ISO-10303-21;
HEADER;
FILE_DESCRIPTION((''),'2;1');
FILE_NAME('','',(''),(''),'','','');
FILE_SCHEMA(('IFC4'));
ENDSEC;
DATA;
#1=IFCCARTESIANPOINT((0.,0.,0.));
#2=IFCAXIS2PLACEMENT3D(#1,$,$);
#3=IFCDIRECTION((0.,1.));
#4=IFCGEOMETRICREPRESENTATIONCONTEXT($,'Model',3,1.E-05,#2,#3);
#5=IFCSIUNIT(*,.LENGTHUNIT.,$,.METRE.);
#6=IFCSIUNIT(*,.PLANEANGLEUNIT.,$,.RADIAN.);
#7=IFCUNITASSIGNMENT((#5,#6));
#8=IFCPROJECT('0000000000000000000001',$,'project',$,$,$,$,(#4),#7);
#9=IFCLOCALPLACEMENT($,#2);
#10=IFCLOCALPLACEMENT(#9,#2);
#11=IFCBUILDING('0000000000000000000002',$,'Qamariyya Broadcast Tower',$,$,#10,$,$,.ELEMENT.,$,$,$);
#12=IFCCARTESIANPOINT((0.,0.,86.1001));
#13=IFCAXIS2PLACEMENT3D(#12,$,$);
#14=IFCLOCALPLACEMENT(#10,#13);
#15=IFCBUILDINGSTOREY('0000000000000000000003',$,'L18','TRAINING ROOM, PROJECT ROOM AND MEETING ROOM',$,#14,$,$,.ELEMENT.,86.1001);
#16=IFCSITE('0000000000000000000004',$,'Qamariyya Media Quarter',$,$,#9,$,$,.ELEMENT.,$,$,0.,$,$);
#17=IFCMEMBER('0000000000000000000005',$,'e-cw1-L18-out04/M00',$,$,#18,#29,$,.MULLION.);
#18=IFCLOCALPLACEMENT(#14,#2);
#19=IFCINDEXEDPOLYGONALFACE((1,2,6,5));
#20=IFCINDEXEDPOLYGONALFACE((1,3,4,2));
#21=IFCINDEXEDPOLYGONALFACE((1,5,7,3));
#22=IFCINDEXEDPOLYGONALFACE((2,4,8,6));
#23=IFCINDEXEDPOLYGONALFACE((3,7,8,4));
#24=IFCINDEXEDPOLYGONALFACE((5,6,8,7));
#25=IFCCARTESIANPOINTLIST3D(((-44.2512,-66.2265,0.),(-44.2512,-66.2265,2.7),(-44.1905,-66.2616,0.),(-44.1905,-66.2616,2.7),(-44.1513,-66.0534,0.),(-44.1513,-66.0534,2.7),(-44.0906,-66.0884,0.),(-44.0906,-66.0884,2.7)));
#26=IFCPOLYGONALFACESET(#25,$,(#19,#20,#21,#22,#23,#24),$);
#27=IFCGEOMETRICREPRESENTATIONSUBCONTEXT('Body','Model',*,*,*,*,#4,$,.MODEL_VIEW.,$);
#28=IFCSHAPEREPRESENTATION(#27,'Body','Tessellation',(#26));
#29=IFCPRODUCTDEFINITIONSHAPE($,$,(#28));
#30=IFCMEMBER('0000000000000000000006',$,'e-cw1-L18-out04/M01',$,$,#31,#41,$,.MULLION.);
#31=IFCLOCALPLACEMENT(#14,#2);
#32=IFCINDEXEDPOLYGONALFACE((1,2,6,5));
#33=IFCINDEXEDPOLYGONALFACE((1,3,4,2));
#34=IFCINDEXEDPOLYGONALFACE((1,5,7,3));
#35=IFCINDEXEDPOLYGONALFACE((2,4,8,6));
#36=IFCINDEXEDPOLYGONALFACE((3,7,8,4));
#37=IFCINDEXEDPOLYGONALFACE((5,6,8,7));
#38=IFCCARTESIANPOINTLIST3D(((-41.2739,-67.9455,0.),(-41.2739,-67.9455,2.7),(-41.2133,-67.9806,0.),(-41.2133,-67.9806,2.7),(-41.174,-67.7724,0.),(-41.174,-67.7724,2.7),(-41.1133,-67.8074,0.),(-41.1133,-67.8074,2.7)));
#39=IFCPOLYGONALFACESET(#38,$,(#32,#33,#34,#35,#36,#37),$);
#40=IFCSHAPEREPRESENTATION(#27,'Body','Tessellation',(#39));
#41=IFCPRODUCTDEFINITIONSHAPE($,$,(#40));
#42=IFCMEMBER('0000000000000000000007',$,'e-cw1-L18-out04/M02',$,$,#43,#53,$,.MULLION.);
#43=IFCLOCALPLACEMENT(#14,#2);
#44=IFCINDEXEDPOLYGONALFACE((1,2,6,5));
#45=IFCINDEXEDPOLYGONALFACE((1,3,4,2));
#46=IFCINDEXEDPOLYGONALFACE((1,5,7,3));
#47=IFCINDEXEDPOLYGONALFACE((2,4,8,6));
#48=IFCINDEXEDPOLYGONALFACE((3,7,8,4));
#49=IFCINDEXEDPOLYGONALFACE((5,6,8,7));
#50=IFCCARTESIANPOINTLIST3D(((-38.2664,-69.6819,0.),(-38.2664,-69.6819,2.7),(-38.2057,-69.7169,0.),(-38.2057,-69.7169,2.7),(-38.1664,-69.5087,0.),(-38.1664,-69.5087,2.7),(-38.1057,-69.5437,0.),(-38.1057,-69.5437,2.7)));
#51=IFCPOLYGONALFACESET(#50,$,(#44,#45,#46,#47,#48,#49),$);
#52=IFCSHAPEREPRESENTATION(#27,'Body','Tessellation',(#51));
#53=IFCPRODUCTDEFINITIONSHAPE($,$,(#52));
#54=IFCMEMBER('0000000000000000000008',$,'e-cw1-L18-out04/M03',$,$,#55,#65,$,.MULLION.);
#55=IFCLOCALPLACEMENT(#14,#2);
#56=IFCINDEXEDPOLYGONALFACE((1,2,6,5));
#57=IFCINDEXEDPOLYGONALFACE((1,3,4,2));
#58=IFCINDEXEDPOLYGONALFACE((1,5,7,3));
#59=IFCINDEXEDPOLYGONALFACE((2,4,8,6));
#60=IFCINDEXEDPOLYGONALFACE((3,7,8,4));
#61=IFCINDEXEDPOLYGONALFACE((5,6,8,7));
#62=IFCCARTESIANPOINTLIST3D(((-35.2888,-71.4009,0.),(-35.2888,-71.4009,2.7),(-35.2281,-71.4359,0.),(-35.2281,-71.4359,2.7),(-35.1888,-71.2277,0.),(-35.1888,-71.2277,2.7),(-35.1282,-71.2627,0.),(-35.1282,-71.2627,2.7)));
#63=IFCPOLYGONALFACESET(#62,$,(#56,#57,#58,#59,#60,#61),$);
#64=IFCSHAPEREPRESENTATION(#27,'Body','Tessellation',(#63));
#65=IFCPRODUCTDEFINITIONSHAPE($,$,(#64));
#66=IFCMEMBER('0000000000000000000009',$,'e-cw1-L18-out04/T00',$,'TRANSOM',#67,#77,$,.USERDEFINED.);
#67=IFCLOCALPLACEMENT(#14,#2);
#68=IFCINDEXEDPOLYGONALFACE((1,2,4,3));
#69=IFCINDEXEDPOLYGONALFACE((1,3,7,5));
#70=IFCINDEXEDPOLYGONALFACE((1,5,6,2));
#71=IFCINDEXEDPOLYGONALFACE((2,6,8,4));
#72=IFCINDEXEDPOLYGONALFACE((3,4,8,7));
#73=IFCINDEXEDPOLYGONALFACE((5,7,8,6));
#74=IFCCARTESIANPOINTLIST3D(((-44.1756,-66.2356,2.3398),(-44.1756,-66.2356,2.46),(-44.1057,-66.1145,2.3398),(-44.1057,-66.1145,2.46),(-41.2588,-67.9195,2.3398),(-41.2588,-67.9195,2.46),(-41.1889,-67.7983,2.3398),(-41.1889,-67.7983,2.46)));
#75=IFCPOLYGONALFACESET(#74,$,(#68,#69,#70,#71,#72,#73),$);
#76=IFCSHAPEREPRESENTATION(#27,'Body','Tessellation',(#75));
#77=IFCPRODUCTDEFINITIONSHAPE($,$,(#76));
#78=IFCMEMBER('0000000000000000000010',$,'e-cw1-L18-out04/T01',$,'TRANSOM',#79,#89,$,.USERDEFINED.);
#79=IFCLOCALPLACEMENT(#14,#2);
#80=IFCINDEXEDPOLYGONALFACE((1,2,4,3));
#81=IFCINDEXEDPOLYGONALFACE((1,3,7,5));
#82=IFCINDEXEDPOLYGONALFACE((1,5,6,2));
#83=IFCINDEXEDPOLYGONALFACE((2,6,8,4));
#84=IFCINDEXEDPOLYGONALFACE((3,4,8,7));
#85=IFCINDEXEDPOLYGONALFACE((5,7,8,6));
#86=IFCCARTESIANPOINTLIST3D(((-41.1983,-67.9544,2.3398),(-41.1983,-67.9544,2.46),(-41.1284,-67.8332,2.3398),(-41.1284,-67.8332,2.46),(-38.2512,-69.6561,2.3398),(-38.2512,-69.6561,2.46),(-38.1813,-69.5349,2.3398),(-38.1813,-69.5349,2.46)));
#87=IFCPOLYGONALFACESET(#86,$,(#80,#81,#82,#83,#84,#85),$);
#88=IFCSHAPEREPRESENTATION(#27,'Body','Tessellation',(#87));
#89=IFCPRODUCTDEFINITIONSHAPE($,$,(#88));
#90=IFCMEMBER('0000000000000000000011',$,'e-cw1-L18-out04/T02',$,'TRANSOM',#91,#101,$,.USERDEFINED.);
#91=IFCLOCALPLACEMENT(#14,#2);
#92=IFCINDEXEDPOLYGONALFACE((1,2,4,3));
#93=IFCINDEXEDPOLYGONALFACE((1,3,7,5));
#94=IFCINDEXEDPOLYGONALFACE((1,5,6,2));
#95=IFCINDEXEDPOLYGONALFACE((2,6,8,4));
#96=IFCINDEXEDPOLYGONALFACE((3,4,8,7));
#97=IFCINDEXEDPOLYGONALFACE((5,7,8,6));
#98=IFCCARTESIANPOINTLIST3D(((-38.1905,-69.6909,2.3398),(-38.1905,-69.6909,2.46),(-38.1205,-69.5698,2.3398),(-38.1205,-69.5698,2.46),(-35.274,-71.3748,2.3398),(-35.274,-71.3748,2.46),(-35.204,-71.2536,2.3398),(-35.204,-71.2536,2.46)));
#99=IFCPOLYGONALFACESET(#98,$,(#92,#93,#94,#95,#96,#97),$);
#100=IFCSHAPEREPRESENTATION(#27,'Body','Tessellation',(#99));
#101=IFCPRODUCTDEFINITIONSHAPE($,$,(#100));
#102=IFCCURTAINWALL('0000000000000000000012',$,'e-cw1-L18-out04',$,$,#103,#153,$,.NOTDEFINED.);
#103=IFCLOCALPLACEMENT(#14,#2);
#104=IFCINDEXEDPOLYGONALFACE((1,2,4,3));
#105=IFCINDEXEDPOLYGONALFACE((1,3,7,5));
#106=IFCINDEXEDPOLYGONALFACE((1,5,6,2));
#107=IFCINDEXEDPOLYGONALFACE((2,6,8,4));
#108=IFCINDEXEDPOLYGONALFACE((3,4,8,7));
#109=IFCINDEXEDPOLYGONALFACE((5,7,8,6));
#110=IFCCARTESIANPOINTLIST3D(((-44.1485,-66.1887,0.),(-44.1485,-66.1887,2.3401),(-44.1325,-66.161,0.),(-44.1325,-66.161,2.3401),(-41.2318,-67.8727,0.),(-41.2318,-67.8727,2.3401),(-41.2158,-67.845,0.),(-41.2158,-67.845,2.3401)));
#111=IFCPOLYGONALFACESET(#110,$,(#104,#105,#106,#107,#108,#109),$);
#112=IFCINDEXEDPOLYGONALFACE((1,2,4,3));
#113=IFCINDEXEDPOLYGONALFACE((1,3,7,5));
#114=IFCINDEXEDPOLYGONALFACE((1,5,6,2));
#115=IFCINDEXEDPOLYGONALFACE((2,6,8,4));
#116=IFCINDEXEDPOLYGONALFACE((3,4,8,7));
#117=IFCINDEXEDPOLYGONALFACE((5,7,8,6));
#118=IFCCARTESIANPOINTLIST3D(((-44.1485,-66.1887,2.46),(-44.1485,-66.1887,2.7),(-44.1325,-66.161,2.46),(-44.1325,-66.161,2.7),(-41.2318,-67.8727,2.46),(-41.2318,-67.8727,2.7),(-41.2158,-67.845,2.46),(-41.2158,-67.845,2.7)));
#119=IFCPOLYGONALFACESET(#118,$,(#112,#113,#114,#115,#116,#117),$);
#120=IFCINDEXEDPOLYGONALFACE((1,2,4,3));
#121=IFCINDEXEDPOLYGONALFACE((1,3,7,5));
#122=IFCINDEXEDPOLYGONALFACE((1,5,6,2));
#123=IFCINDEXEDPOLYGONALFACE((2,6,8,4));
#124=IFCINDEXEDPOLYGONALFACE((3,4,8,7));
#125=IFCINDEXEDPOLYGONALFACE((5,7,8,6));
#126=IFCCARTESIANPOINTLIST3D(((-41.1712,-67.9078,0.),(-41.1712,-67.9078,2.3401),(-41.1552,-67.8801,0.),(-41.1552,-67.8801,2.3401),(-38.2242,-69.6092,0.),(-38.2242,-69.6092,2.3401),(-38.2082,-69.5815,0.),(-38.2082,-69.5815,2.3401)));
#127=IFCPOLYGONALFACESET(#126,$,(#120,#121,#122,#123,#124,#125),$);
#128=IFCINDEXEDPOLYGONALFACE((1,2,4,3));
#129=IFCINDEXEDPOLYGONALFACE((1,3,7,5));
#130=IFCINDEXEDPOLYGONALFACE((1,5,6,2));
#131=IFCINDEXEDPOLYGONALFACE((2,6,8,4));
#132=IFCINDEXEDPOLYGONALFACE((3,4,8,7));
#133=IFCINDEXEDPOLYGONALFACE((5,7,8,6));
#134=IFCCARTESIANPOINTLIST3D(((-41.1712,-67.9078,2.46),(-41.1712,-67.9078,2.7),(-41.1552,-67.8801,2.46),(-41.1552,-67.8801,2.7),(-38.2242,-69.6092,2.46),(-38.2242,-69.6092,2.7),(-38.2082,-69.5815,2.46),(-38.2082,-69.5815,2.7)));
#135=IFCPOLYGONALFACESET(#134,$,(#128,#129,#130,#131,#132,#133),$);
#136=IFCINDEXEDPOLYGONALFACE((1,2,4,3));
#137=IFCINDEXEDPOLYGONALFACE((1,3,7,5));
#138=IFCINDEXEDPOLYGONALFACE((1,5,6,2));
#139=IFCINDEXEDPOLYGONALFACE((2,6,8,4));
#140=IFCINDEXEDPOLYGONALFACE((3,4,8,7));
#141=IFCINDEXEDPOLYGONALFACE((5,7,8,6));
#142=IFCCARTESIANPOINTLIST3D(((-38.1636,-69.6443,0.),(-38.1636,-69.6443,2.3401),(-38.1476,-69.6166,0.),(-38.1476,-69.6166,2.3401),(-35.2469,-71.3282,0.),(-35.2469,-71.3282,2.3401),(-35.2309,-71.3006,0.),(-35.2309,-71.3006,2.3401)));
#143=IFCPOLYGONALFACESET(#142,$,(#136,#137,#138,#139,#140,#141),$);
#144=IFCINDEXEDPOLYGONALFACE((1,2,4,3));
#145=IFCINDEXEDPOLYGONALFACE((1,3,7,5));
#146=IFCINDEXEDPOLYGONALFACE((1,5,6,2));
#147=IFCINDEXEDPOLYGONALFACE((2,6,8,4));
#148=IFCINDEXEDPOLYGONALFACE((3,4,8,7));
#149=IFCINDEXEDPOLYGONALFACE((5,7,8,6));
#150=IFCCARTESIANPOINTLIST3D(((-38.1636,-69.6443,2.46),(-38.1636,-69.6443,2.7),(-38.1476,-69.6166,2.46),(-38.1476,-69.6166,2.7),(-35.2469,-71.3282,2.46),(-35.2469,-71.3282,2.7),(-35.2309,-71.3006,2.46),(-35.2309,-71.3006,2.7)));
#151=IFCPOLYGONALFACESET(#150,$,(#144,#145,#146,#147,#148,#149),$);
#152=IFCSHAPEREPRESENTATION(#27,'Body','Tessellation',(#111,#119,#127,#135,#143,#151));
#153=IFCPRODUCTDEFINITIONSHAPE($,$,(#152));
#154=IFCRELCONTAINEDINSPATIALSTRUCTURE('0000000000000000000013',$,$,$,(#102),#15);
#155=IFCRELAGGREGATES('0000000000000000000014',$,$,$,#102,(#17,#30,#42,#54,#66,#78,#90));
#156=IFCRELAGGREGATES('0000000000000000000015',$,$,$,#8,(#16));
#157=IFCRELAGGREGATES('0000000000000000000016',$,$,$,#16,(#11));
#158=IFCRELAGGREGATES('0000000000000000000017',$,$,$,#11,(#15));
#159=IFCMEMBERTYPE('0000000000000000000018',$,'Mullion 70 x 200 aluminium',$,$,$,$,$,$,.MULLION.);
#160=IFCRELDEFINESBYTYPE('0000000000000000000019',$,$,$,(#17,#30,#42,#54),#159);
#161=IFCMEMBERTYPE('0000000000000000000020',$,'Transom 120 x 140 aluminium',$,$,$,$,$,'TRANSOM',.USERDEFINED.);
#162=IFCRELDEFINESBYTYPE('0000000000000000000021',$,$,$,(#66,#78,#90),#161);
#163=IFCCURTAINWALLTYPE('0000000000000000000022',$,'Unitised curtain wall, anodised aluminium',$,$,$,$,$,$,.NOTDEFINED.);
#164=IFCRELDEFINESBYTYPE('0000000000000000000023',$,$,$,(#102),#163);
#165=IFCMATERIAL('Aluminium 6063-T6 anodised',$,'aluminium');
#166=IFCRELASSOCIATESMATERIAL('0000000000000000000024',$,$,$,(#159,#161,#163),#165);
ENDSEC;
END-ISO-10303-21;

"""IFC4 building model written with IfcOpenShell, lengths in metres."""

from ifc_helpers import new_model, si_unit, direction, frame, origin, origin_2d, place, context, subcontext, project, spatial, rectangle, extrude, material, material_profile, profile_set, type_object, element, aggregate, save


model = new_model("IFC4")

# Units and contexts
model_context = context("Model", 3, precision=1e-05, world=origin(), true_north=direction((0.0, 1.0)))
body_context = subcontext(model_context, "Body", "Model", "MODEL_VIEW")
ifc_project = project(units=[si_unit("LENGTHUNIT", "METRE"), si_unit("PLANEANGLEUNIT", "RADIAN")], contexts=[model_context])

# Members
ifc_material_1 = material(Name="Aluminium 6063-T6 anodised", Category="aluminium")
ifc_material_profile_1 = material_profile(ifc_material_1, rectangle(XDim=0.2, YDim=0.0701, at=origin_2d()))
ifc_profile_set_1 = profile_set([ifc_material_profile_1], Name="Aluminium 6063-T6 anodised")
member_type_1 = type_object("IfcMemberType", Name="Mullion 70 x 200 aluminium", PredefinedType="MULLION", material=ifc_profile_set_1)
site_placement = place(None, origin())
building_placement = place(site_placement, origin())
storey_placement = place(building_placement, frame((0.0, 0.0, 86.1001)))
member_1_placement = place(storey_placement, frame((-44.1709, -66.1575, 0.0), z_axis=(0.0, 0.0, 1.0), x_axis=(0.5, 0.866025, 0.0)))
member_1 = element("IfcMember", 1, at=member_1_placement, type_object=member_type_1, Name="e-cw1-L18-out04/M00", PredefinedType="MULLION", context=body_context, shape_type="SweptSolid", body=[
    extrude(rectangle(XDim=0.2, YDim=0.0701, at=origin_2d()), origin(), (0.0, 0.0, 1.0), 2.7),
])
member_2_placement = place(storey_placement, frame((-41.1936, -67.8765, 0.0), z_axis=(0.0, 0.0, 1.0), x_axis=(0.5, 0.866025, 0.0)))
member_2 = element("IfcMember", 2, at=member_2_placement, type_object=member_type_1, Name="e-cw1-L18-out04/M01", PredefinedType="MULLION", context=body_context, shape_type="SweptSolid", body=[
    extrude(rectangle(XDim=0.2, YDim=0.0701, at=origin_2d()), origin(), (0.0, 0.0, 1.0), 2.7),
])
member_3_placement = place(storey_placement, frame((-38.186, -69.6128, 0.0), z_axis=(0.0, 0.0, 1.0), x_axis=(0.5, 0.866025, 0.0)))
member_3 = element("IfcMember", 3, at=member_3_placement, type_object=member_type_1, Name="e-cw1-L18-out04/M02", PredefinedType="MULLION", context=body_context, shape_type="SweptSolid", body=[
    extrude(rectangle(XDim=0.2, YDim=0.0701, at=origin_2d()), origin(), (0.0, 0.0, 1.0), 2.7),
])
member_4_placement = place(storey_placement, frame((-35.2085, -71.3318, 0.0), z_axis=(0.0, 0.0, 1.0), x_axis=(0.5, 0.866025, 0.0)))
member_4 = element("IfcMember", 4, at=member_4_placement, type_object=member_type_1, Name="e-cw1-L18-out04/M03", PredefinedType="MULLION", context=body_context, shape_type="SweptSolid", body=[
    extrude(rectangle(XDim=0.2, YDim=0.0701, at=origin_2d()), origin(), (0.0, 0.0, 1.0), 2.7),
])
ifc_material_profile_2 = material_profile(ifc_material_1, rectangle(XDim=0.1399, YDim=0.1201, at=origin_2d()))
ifc_profile_set_2 = profile_set([ifc_material_profile_2], Name="Aluminium 6063-T6 anodised")
member_type_2 = type_object("IfcMemberType", Name="Transom 120 x 140 aluminium", ElementType="TRANSOM", PredefinedType="USERDEFINED", material=ifc_profile_set_2)
member_5_placement = place(storey_placement, frame((-44.1406, -66.175, 2.3999), z_axis=(0.866044, -0.499967, 0.0), x_axis=(0.499967, 0.866044, 0.0)))
member_5 = element("IfcMember", 5, at=member_5_placement, type_object=member_type_2, Name="e-cw1-L18-out04/T00", ObjectType="TRANSOM", PredefinedType="USERDEFINED", context=body_context, shape_type="SweptSolid", body=[
    extrude(rectangle(XDim=0.1399, YDim=0.1201, at=origin_2d()), origin(), (0.0, 0.0, 1.0), 3.3679),
])
member_6_placement = place(storey_placement, frame((-41.1633, -67.8938, 2.3999), z_axis=(0.866, -0.500043, 0.0), x_axis=(0.500043, 0.866, 0.0)))
member_6 = element("IfcMember", 6, at=member_6_placement, type_object=member_type_2, Name="e-cw1-L18-out04/T01", ObjectType="TRANSOM", PredefinedType="USERDEFINED", context=body_context, shape_type="SweptSolid", body=[
    extrude(rectangle(XDim=0.1399, YDim=0.1201, at=origin_2d()), origin(), (0.0, 0.0, 1.0), 3.4031),
])
member_7_placement = place(storey_placement, frame((-38.1555, -69.6304, 2.3999), z_axis=(0.866026, -0.499999, 0.0), x_axis=(0.499999, 0.866026, 0.0)))
member_7 = element("IfcMember", 7, at=member_7_placement, type_object=member_type_2, Name="e-cw1-L18-out04/T02", ObjectType="TRANSOM", PredefinedType="USERDEFINED", context=body_context, shape_type="SweptSolid", body=[
    extrude(rectangle(XDim=0.1399, YDim=0.1201, at=origin_2d()), origin(), (0.0, 0.0, 1.0), 3.3677),
])

# Site, building, storey
site = spatial("IfcSite", under=ifc_project, at=site_placement, Name="Qamariyya Media Quarter", CompositionType="ELEMENT", RefElevation=0.0)
building = spatial("IfcBuilding", under=site, at=building_placement, Name="Qamariyya Broadcast Tower", CompositionType="ELEMENT")
storey = spatial("IfcBuildingStorey", under=building, at=storey_placement, Name="L18", Description="TRAINING ROOM, PROJECT ROOM AND MEETING ROOM", CompositionType="ELEMENT", Elevation=86.1001)

# Curtain wall
curtain_wall_type = type_object("IfcCurtainWallType", Name="Unitised curtain wall, anodised aluminium", PredefinedType="NOTDEFINED", material=ifc_material_1)
curtain_wall_1_placement = place(storey_placement, origin())
curtain_wall_1 = element("IfcCurtainWall", 8, at=curtain_wall_1_placement, inside=storey, type_object=curtain_wall_type, Name="e-cw1-L18-out04", PredefinedType="NOTDEFINED", context=body_context, shape_type="SweptSolid", body=[
    extrude(rectangle(XDim=3.3679, YDim=0.032, at=origin_2d()), frame((-42.6821, -67.0168, 0.0), x_axis=(0.866022, -0.500005, 0.0)), (0.0, 0.0, 1.0), 2.3401),
    extrude(rectangle(XDim=3.3679, YDim=0.032, at=origin_2d()), frame((-42.6821, -67.0168, 2.46), x_axis=(0.866022, -0.500005, 0.0)), (0.0, 0.0, 1.0), 0.24),
    extrude(rectangle(XDim=3.4028, YDim=0.032, at=origin_2d()), frame((-39.6897, -68.7446, 0.0), x_axis=(0.866022, -0.500005, 0.0)), (0.0, 0.0, 1.0), 2.3401),
    extrude(rectangle(XDim=3.4028, YDim=0.032, at=origin_2d()), frame((-39.6897, -68.7446, 2.46), x_axis=(0.866022, -0.500005, 0.0)), (0.0, 0.0, 1.0), 0.24),
    extrude(rectangle(XDim=3.3679, YDim=0.032, at=origin_2d()), frame((-36.6973, -70.4724, 0.0), x_axis=(0.866022, -0.500005, 0.0)), (0.0, 0.0, 1.0), 2.3401),
    extrude(rectangle(XDim=3.3679, YDim=0.032, at=origin_2d()), frame((-36.6973, -70.4724, 2.46), x_axis=(0.866022, -0.500005, 0.0)), (0.0, 0.0, 1.0), 0.24),
])
aggregate(curtain_wall_1, [member_1, member_2, member_3, member_4, member_5, member_6, member_7])

save(model, "model.ifc")
